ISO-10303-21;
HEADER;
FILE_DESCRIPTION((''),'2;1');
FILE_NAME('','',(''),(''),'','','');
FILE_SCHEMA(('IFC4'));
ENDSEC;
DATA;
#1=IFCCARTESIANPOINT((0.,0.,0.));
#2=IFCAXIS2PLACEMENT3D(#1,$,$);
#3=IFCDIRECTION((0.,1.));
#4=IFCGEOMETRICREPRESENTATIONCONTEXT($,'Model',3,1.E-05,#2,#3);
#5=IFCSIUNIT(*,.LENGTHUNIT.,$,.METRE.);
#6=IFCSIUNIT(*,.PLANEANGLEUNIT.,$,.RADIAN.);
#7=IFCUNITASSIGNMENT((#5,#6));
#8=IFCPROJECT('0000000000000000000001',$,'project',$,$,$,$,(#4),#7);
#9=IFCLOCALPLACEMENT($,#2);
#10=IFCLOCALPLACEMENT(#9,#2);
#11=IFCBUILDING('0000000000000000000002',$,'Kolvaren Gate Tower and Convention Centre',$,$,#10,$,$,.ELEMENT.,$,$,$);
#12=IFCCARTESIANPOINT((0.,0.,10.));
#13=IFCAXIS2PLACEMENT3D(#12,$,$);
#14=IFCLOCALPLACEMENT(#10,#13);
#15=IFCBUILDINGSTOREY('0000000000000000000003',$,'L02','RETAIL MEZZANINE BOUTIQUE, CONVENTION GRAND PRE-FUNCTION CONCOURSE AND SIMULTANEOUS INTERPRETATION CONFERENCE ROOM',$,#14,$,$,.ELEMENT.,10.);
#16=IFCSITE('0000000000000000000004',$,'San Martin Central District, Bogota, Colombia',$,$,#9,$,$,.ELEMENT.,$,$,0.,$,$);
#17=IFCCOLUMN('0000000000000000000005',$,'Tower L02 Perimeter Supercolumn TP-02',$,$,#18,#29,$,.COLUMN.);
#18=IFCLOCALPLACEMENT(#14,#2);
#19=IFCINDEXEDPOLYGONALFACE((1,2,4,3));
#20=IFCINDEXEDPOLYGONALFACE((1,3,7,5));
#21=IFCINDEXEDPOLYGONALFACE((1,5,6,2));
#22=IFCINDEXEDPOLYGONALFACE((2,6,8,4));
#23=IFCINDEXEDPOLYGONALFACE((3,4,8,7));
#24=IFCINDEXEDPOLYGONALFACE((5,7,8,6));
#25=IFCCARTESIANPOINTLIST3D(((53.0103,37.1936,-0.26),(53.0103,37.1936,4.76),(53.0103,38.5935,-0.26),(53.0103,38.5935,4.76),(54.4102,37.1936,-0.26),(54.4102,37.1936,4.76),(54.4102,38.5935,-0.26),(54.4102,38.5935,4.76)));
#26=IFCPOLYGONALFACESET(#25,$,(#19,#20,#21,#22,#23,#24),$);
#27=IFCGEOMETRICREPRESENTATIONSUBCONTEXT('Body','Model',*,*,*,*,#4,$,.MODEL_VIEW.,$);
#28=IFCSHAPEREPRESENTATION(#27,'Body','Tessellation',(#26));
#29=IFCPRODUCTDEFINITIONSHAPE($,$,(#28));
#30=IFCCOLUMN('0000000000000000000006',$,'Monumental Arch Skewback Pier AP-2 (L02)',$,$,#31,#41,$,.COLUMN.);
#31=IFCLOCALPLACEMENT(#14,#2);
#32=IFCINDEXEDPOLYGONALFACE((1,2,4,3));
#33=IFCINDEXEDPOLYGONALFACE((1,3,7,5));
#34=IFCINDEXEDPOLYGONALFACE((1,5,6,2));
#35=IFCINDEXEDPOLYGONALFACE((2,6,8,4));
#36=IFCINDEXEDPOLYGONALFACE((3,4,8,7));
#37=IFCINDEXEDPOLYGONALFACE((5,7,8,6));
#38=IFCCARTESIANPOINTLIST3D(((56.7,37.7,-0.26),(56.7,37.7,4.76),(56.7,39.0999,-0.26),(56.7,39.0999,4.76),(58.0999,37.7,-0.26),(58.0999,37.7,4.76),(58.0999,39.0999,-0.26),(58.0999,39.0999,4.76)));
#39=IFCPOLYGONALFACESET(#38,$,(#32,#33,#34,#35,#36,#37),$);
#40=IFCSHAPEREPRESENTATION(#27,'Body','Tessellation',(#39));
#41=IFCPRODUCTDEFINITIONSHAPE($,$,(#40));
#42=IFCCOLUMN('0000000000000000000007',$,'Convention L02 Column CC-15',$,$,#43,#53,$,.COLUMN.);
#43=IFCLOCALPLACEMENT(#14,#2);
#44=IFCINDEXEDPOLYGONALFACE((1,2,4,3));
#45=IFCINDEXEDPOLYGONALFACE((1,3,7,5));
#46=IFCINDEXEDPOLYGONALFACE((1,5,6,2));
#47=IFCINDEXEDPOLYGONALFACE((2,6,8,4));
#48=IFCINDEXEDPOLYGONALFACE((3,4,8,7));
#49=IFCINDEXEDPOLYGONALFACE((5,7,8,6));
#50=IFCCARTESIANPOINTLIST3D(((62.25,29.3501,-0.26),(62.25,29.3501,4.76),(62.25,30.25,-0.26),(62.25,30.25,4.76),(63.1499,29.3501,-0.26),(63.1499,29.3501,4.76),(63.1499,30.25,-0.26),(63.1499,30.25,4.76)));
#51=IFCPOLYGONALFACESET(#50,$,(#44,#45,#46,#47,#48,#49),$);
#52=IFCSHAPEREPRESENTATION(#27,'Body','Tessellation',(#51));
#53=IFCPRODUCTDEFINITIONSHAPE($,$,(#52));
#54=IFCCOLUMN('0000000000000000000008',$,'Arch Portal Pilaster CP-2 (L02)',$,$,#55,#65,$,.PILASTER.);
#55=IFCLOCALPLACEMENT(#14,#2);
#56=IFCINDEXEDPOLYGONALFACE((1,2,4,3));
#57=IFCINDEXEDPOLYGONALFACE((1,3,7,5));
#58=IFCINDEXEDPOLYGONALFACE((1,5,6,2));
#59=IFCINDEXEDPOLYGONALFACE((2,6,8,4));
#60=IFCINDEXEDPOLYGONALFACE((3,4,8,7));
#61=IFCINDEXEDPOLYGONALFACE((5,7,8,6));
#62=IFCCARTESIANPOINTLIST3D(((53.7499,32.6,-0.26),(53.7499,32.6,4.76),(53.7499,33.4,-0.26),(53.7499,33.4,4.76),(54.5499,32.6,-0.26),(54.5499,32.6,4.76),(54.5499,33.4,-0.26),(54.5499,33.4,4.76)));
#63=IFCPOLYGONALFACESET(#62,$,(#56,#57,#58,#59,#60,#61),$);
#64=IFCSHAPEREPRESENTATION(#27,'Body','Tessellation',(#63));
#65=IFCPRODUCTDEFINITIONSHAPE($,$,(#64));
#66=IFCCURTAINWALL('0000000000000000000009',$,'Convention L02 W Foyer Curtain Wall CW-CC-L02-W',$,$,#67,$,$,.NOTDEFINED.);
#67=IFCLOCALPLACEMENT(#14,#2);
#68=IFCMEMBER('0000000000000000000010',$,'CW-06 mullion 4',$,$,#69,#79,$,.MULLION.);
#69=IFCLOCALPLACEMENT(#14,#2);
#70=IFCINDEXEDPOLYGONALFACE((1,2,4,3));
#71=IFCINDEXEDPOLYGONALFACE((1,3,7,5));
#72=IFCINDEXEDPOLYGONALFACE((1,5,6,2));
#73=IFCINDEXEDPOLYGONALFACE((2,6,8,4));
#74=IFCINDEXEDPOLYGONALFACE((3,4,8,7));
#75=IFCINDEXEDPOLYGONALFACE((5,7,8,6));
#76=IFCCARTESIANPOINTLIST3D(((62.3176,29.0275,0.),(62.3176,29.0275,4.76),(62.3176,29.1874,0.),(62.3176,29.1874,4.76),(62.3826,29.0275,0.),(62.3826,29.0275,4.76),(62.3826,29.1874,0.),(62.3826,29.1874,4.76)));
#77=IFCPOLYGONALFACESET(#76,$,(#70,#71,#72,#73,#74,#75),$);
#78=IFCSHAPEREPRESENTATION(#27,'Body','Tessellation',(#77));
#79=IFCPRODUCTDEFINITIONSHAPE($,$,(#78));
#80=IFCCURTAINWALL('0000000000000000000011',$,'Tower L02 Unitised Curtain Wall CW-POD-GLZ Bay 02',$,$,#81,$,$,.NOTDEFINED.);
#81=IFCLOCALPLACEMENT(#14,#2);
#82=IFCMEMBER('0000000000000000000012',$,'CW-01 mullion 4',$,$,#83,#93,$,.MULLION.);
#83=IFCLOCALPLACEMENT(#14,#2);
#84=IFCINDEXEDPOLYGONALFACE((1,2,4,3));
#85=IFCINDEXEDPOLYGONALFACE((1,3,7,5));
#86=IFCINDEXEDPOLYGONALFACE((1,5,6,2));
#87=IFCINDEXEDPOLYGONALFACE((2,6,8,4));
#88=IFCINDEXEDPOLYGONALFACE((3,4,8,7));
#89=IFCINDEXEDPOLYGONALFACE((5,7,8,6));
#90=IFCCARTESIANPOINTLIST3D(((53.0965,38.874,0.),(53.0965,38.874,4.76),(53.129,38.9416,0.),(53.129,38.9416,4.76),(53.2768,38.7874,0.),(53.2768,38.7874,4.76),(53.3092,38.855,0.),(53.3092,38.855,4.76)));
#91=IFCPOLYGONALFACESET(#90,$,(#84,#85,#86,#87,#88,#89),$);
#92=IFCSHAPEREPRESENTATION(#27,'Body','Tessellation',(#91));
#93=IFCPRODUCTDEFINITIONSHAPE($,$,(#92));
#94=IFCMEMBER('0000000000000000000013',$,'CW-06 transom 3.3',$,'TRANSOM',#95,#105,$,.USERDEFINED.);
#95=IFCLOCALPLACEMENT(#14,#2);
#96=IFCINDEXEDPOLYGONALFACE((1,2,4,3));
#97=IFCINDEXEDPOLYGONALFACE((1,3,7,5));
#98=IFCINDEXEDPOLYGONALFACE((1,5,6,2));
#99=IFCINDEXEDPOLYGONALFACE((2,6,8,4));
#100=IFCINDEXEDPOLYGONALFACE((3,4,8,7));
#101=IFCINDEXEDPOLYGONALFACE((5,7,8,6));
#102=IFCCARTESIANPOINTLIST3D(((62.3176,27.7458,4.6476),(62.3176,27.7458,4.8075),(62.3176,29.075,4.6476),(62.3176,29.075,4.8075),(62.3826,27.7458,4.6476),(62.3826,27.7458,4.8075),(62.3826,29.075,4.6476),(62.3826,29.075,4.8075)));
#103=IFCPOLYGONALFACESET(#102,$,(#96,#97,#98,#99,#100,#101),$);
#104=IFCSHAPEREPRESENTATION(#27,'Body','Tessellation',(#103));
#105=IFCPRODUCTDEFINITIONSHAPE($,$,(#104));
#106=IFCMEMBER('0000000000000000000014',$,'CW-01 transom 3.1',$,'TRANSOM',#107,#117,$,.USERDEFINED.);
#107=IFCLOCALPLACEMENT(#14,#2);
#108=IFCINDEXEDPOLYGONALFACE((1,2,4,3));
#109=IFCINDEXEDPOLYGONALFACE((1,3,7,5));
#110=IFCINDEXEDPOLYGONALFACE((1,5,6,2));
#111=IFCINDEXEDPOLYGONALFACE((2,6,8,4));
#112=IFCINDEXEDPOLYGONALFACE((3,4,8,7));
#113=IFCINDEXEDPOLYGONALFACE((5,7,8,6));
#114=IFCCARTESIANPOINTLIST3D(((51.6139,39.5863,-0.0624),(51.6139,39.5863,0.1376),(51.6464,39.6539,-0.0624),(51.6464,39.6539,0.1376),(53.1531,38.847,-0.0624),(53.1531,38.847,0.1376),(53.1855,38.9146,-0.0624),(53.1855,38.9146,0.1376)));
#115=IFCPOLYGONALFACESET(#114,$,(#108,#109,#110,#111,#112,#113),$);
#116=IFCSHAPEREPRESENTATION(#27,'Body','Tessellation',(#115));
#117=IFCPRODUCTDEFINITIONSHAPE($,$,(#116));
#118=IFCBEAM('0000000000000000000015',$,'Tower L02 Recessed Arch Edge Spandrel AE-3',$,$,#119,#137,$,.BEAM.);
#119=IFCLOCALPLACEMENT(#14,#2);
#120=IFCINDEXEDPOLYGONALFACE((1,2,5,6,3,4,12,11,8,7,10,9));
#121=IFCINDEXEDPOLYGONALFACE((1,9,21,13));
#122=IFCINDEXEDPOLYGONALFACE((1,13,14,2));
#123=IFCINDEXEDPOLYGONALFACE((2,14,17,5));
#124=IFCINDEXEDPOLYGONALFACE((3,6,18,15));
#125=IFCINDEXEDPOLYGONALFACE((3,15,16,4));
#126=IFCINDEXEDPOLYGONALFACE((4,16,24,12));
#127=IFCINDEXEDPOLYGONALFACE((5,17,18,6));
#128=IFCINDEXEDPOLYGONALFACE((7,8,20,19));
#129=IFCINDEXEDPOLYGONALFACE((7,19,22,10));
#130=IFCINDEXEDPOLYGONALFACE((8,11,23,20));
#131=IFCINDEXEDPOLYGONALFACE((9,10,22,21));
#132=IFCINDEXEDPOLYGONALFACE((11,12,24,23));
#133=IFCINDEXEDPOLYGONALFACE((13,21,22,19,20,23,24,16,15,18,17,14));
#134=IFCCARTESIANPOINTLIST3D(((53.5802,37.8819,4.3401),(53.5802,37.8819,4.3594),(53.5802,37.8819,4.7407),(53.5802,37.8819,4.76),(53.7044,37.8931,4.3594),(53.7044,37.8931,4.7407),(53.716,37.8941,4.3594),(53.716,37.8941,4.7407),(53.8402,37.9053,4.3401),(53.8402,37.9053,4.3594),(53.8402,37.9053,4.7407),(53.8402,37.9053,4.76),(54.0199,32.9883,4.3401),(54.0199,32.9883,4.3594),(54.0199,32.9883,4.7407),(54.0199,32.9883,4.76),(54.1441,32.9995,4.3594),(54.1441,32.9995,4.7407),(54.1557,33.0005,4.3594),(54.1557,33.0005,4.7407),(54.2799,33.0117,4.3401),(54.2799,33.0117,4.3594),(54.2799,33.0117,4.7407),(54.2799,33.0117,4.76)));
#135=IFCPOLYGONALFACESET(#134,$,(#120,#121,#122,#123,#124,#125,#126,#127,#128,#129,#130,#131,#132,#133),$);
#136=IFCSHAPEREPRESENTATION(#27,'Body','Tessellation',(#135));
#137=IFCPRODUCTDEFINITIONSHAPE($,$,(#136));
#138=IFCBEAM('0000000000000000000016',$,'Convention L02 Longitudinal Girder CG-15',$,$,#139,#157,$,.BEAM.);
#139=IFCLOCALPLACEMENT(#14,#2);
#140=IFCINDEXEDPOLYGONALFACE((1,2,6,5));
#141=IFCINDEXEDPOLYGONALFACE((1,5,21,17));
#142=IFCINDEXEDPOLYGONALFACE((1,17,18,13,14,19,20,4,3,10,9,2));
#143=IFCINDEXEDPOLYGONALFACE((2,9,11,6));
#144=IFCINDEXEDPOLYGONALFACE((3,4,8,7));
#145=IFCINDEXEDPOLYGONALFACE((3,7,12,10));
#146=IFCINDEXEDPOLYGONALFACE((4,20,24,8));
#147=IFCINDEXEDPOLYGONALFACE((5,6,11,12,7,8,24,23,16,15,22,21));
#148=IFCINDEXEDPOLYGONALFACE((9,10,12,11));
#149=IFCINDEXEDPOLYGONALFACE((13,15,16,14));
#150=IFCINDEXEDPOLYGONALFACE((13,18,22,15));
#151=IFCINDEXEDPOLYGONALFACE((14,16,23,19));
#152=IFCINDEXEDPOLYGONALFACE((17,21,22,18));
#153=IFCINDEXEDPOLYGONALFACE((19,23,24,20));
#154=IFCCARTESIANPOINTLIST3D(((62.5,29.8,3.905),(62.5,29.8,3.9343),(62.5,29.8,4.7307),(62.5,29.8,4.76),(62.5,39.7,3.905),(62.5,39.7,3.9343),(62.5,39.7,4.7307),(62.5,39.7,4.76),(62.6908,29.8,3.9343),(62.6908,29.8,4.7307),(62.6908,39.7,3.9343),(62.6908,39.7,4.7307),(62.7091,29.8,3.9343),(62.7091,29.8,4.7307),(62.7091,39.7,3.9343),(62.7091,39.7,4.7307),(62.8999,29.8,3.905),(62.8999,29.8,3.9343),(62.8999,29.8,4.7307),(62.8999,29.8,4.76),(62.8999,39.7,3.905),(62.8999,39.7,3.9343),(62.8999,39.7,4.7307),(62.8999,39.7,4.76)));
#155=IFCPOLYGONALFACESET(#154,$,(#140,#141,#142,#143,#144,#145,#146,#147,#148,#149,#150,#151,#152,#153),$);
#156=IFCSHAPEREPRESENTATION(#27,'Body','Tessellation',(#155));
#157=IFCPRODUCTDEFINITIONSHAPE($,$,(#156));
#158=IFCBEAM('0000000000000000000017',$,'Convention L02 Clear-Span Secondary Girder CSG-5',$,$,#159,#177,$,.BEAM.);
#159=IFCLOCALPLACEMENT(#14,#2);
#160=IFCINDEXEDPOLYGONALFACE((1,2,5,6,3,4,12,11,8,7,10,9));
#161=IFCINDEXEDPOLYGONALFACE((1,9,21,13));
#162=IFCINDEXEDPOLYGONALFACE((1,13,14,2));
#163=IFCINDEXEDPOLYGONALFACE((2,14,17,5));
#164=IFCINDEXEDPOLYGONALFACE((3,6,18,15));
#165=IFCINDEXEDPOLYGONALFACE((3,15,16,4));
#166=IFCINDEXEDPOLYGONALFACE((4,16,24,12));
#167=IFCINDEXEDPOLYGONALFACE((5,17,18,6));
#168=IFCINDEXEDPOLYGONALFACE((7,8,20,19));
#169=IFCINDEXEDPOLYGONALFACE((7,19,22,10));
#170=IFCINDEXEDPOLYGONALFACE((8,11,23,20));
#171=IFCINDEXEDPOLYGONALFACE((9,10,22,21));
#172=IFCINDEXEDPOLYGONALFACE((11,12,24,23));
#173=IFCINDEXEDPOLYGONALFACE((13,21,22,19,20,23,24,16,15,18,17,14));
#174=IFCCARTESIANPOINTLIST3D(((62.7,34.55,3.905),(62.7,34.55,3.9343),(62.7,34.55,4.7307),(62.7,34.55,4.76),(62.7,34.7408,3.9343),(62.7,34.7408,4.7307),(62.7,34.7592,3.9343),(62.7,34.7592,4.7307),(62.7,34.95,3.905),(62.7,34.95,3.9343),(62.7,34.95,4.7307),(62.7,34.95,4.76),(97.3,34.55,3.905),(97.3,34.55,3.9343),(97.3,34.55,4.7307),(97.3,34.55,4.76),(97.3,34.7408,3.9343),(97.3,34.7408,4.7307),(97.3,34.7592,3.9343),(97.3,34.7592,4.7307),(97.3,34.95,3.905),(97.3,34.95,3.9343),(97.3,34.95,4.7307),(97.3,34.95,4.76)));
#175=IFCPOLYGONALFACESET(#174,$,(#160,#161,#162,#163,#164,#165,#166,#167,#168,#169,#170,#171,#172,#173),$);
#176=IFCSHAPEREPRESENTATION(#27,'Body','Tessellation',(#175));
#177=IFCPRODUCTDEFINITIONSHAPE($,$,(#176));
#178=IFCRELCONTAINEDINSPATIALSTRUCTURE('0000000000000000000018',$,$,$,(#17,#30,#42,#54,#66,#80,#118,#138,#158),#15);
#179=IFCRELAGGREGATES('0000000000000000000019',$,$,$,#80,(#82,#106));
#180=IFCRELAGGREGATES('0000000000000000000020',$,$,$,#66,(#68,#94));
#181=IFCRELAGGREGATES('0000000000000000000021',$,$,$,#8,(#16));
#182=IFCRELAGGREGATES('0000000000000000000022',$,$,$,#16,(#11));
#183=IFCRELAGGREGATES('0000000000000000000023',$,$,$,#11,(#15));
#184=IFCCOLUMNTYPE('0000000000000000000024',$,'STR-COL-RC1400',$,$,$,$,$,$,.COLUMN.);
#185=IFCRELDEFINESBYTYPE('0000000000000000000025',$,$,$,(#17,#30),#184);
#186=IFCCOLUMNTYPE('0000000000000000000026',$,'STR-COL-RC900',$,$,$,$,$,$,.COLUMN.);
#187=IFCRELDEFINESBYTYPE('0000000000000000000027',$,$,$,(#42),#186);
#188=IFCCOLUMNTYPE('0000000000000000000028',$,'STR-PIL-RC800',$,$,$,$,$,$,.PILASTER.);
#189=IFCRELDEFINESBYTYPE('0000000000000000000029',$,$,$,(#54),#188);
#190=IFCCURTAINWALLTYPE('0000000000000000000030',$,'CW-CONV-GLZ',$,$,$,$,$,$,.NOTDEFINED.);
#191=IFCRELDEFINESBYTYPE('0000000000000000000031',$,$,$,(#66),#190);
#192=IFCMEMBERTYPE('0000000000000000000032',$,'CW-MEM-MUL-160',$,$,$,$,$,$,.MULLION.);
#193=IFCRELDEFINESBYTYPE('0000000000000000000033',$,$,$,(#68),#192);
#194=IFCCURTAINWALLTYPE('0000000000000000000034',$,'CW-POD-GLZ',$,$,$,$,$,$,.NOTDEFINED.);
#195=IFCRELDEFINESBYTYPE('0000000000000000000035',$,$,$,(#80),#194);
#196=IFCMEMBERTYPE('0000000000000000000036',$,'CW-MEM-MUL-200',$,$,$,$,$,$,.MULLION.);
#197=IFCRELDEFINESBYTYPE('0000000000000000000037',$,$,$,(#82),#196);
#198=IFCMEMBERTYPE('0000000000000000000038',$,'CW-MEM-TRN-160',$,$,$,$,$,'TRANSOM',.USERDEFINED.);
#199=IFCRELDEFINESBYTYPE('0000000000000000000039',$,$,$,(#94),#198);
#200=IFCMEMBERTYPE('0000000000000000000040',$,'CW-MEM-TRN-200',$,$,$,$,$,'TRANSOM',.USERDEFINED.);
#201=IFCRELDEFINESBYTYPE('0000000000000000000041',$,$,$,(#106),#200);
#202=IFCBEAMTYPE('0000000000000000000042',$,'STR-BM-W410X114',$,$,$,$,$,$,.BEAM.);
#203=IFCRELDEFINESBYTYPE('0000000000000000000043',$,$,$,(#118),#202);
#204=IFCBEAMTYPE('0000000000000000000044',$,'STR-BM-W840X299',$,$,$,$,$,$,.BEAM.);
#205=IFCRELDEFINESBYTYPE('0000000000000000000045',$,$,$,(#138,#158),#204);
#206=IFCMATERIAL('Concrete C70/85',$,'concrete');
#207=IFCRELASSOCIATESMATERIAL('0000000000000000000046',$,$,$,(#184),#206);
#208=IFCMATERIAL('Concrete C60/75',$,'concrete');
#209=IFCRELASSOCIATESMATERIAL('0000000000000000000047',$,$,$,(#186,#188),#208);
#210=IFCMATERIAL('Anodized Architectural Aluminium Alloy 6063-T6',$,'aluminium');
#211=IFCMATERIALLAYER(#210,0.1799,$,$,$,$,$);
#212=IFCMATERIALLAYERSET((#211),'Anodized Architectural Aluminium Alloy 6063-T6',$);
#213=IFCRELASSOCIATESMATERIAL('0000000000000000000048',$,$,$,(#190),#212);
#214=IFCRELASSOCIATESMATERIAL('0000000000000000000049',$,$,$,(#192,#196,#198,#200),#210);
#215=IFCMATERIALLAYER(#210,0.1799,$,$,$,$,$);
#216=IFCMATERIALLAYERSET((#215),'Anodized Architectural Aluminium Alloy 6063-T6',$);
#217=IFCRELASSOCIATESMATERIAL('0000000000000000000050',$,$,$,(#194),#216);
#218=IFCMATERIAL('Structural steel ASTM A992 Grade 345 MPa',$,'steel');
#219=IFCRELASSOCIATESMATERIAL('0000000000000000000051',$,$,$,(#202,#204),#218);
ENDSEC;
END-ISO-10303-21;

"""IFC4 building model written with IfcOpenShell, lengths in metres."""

from ifc_helpers import new_model, si_unit, direction, frame, origin, origin_2d, place, context, subcontext, project, spatial, rectangle, i_section, extrude, material, layer, layer_set, material_profile, profile_set, type_object, element, aggregate, save


model = new_model("IFC4")

# Units and contexts
model_context = context("Model", 3, precision=1e-05, world=origin(), true_north=direction((0.0, 1.0)))
body_context = subcontext(model_context, "Body", "Model", "MODEL_VIEW")
ifc_project = project(units=[si_unit("LENGTHUNIT", "METRE"), si_unit("PLANEANGLEUNIT", "RADIAN")], contexts=[model_context])

# Site, building, storey
site_placement = place(None, origin())
site = spatial("IfcSite", under=ifc_project, at=site_placement, Name="San Martin Central District, Bogota, Colombia", CompositionType="ELEMENT", RefElevation=0.0)
building_placement = place(site_placement, origin())
building = spatial("IfcBuilding", under=site, at=building_placement, Name="Kolvaren Gate Tower and Convention Centre", CompositionType="ELEMENT")
storey_placement = place(building_placement, frame((0.0, 0.0, 10.0)))
storey = spatial("IfcBuildingStorey", under=building, at=storey_placement, Name="L02", Description="RETAIL MEZZANINE BOUTIQUE, CONVENTION GRAND PRE-FUNCTION CONCOURSE AND SIMULTANEOUS INTERPRETATION CONFERENCE ROOM", CompositionType="ELEMENT", Elevation=10.0)

# Columns
ifc_material_1 = material(Name="Concrete C70/85", Category="concrete")
ifc_material_profile_1 = material_profile(ifc_material_1, rectangle(XDim=1.3999, YDim=1.3999, at=origin_2d()), Name="RC-COL-1400X1400")
ifc_profile_set_1 = profile_set([ifc_material_profile_1], Name="Concrete C70/85")
column_type_1 = type_object("IfcColumnType", Name="STR-COL-RC1400", PredefinedType="COLUMN", material=ifc_profile_set_1)
for number, where, z_axis, x_axis, name in (
    (1, (53.7102, 37.8936, -0.26), (0.0, 0.0, 1.0), (1.0, 0.0, 0.0), "Tower L02 Perimeter Supercolumn TP-02"),
    (2, (57.3999, 38.3999, -0.26), (0.0, 0.0, 1.0), (1.0, 0.0, 0.0), "Monumental Arch Skewback Pier AP-2 (L02)"),
):
    element("IfcColumn", number, at=place(storey_placement, frame(where, z_axis=z_axis, x_axis=x_axis)), inside=storey, type_object=column_type_1, Name=name, PredefinedType="COLUMN", context=body_context, shape_type="SweptSolid", body=[
        extrude(rectangle(XDim=1.3999, YDim=1.3999, at=origin_2d()), origin(), (0.0, 0.0, 1.0), 5.02),
    ])
ifc_material_2 = material(Name="Concrete C60/75", Category="concrete")
ifc_material_profile_2 = material_profile(ifc_material_2, rectangle(XDim=0.8999, YDim=0.8999, at=origin_2d()), Name="RC-COL-900X900")
ifc_profile_set_2 = profile_set([ifc_material_profile_2], Name="Concrete C60/75")
column_type_2 = type_object("IfcColumnType", Name="STR-COL-RC900", PredefinedType="COLUMN", material=ifc_profile_set_2)
column_1_placement = place(storey_placement, frame((62.7, 29.8, -0.26), z_axis=(0.0, 0.0, 1.0), x_axis=(1.0, 0.0, 0.0)))
element("IfcColumn", 3, at=column_1_placement, inside=storey, type_object=column_type_2, Name="Convention L02 Column CC-15", PredefinedType="COLUMN", context=body_context, shape_type="SweptSolid", body=[
    extrude(rectangle(XDim=0.8999, YDim=0.8999, at=origin_2d()), origin(), (0.0, 0.0, 1.0), 5.02),
])
ifc_material_profile_3 = material_profile(ifc_material_2, rectangle(XDim=0.8, YDim=0.8, at=origin_2d()), Name="RC-COL-800X800")
ifc_profile_set_3 = profile_set([ifc_material_profile_3], Name="Concrete C60/75")
column_type_3 = type_object("IfcColumnType", Name="STR-PIL-RC800", PredefinedType="PILASTER", material=ifc_profile_set_3)
column_2_placement = place(storey_placement, frame((54.1499, 33.0, -0.26), z_axis=(0.0, 0.0, 1.0), x_axis=(1.0, 0.0, 0.0)))
element("IfcColumn", 4, at=column_2_placement, inside=storey, type_object=column_type_3, Name="Arch Portal Pilaster CP-2 (L02)", PredefinedType="PILASTER", context=body_context, shape_type="SweptSolid", body=[
    extrude(rectangle(XDim=0.8, YDim=0.8, at=origin_2d()), origin(), (0.0, 0.0, 1.0), 5.02),
])

# Curtain walls, members
ifc_material_3 = material(Name="Anodized Architectural Aluminium Alloy 6063-T6", Category="aluminium")
ifc_layer_1 = layer(ifc_material_3, 0.1799)
ifc_layer_set_1 = layer_set([ifc_layer_1], Name="Anodized Architectural Aluminium Alloy 6063-T6")
curtain_wall_type_1 = type_object("IfcCurtainWallType", Name="CW-CONV-GLZ", PredefinedType="NOTDEFINED", material=ifc_layer_set_1)
curtain_wall_1_placement = place(storey_placement, origin())
curtain_wall_1 = element("IfcCurtainWall", 5, at=curtain_wall_1_placement, inside=storey, type_object=curtain_wall_type_1, Name="Convention L02 W Foyer Curtain Wall CW-CC-L02-W", PredefinedType="NOTDEFINED")
ifc_material_profile_4 = material_profile(ifc_material_3, rectangle(XDim=0.0649, YDim=0.1599, at=origin_2d()), Name="CW-MEM-MUL-160")
ifc_profile_set_4 = profile_set([ifc_material_profile_4], Name="Anodized Architectural Aluminium Alloy 6063-T6")
member_type_1 = type_object("IfcMemberType", Name="CW-MEM-MUL-160", PredefinedType="MULLION", material=ifc_profile_set_4)
member_1_placement = place(storey_placement, frame((62.3501, 29.1074, 0.0), z_axis=(0.0, 0.0, 1.0), x_axis=(-1.0, 0.0, 0.0)))
member_1 = element("IfcMember", 6, at=member_1_placement, type_object=member_type_1, Name="CW-06 mullion 4", PredefinedType="MULLION", context=body_context, shape_type="SweptSolid", body=[
    extrude(rectangle(XDim=0.0649, YDim=0.1599, at=origin_2d()), origin(), (0.0, 0.0, 1.0), 4.76),
])
ifc_layer_2 = layer(ifc_material_3, 0.1799)
ifc_layer_set_2 = layer_set([ifc_layer_2], Name="Anodized Architectural Aluminium Alloy 6063-T6")
curtain_wall_type_2 = type_object("IfcCurtainWallType", Name="CW-POD-GLZ", PredefinedType="NOTDEFINED", material=ifc_layer_set_2)
curtain_wall_2_placement = place(storey_placement, origin())
curtain_wall_2 = element("IfcCurtainWall", 7, at=curtain_wall_2_placement, inside=storey, type_object=curtain_wall_type_2, Name="Tower L02 Unitised Curtain Wall CW-POD-GLZ Bay 02", PredefinedType="NOTDEFINED")
ifc_material_profile_5 = material_profile(ifc_material_3, rectangle(XDim=0.075, YDim=0.2, at=origin_2d()), Name="CW-MEM-MUL-200")
ifc_profile_set_5 = profile_set([ifc_material_profile_5], Name="Anodized Architectural Aluminium Alloy 6063-T6")
member_type_2 = type_object("IfcMemberType", Name="CW-MEM-MUL-200", PredefinedType="MULLION", material=ifc_profile_set_5)
member_2_placement = place(storey_placement, frame((53.2029, 38.8645, 0.0), z_axis=(0.0, 0.0, 1.0), x_axis=(0.433063, 0.901364, 0.0)))
member_2 = element("IfcMember", 8, at=member_2_placement, type_object=member_type_2, Name="CW-01 mullion 4", PredefinedType="MULLION", context=body_context, shape_type="SweptSolid", body=[
    extrude(rectangle(XDim=0.075, YDim=0.2, at=origin_2d()), origin(), (0.0, 0.0, 1.0), 4.76),
])

# Members
ifc_material_profile_6 = material_profile(ifc_material_3, rectangle(XDim=0.0649, YDim=0.1599, at=origin_2d()), Name="CW-MEM-TRN-160")
ifc_profile_set_6 = profile_set([ifc_material_profile_6], Name="Anodized Architectural Aluminium Alloy 6063-T6")
member_type_3 = type_object("IfcMemberType", Name="CW-MEM-TRN-160", ElementType="TRANSOM", PredefinedType="USERDEFINED", material=ifc_profile_set_6)
member_3_placement = place(storey_placement, frame((62.3501, 27.7458, 4.7275), z_axis=(0.0, 1.0, 0.0), x_axis=(-1.0, 0.0, 0.0)))
member_3 = element("IfcMember", 9, at=member_3_placement, type_object=member_type_3, Name="CW-06 transom 3.3", ObjectType="TRANSOM", PredefinedType="USERDEFINED", context=body_context, shape_type="SweptSolid", body=[
    extrude(rectangle(XDim=0.0649, YDim=0.1599, at=origin_2d()), origin(), (0.0, 0.0, 1.0), 1.3291),
])
ifc_material_profile_7 = material_profile(ifc_material_3, rectangle(XDim=0.075, YDim=0.2, at=origin_2d()), Name="CW-MEM-TRN-200")
ifc_profile_set_7 = profile_set([ifc_material_profile_7], Name="Anodized Architectural Aluminium Alloy 6063-T6")
member_type_4 = type_object("IfcMemberType", Name="CW-MEM-TRN-200", ElementType="TRANSOM", PredefinedType="USERDEFINED", material=ifc_profile_set_7)
member_4_placement = place(storey_placement, frame((51.6301, 39.6201, 0.0376), z_axis=(0.901407, -0.432973, 0.0), x_axis=(0.432973, 0.901407, 0.0)))
member_4 = element("IfcMember", 10, at=member_4_placement, type_object=member_type_4, Name="CW-01 transom 3.1", ObjectType="TRANSOM", PredefinedType="USERDEFINED", context=body_context, shape_type="SweptSolid", body=[
    extrude(rectangle(XDim=0.075, YDim=0.2, at=origin_2d()), origin(), (0.0, 0.0, 1.0), 1.7075),
])

# Beams
ifc_material_4 = material(Name="Structural steel ASTM A992 Grade 345 MPa", Category="steel")
ifc_material_profile_8 = material_profile(ifc_material_4, i_section(OverallWidth=0.261, OverallDepth=0.4199, WebThickness=0.0117, FlangeThickness=0.0193, at=origin_2d()), Name="W410X114")
ifc_profile_set_8 = profile_set([ifc_material_profile_8], Name="Structural steel ASTM A992 Grade 345 MPa")
beam_type_1 = type_object("IfcBeamType", Name="STR-BM-W410X114", PredefinedType="BEAM", material=ifc_profile_set_8)
beam_1_placement = place(storey_placement, frame((54.1499, 33.0, 4.55), z_axis=(-0.089492, 0.995988, 0.0), x_axis=(-0.995988, -0.089492, 0.0)))
element("IfcBeam", 11, at=beam_1_placement, inside=storey, type_object=beam_type_1, Name="Tower L02 Recessed Arch Edge Spandrel AE-3", PredefinedType="BEAM", context=body_context, shape_type="SweptSolid", body=[
    extrude(i_section(OverallWidth=0.261, OverallDepth=0.4199, WebThickness=0.0117, FlangeThickness=0.0193, at=origin_2d()), origin(), (0.0, 0.0, 1.0), 4.9133),
])
ifc_material_profile_9 = material_profile(ifc_material_4, i_section(OverallWidth=0.3999, OverallDepth=0.855, WebThickness=0.0183, FlangeThickness=0.0293, at=origin_2d()), Name="W840X299")
ifc_profile_set_9 = profile_set([ifc_material_profile_9], Name="Structural steel ASTM A992 Grade 345 MPa")
beam_type_2 = type_object("IfcBeamType", Name="STR-BM-W840X299", PredefinedType="BEAM", material=ifc_profile_set_9)
beam_2_placement = place(storey_placement, frame((62.7, 29.8, 4.3325), z_axis=(0.0, 1.0, 0.0), x_axis=(-1.0, 0.0, 0.0)))
element("IfcBeam", 12, at=beam_2_placement, inside=storey, type_object=beam_type_2, Name="Convention L02 Longitudinal Girder CG-15", PredefinedType="BEAM", context=body_context, shape_type="SweptSolid", body=[
    extrude(i_section(OverallWidth=0.3999, OverallDepth=0.855, WebThickness=0.0183, FlangeThickness=0.0293, at=origin_2d()), origin(), (0.0, 0.0, 1.0), 9.8999),
])
beam_3_placement = place(storey_placement, frame((62.7, 34.75, 4.3325), z_axis=(1.0, 0.0, 0.0), x_axis=(0.0, 1.0, 0.0)))
element("IfcBeam", 13, at=beam_3_placement, inside=storey, type_object=beam_type_2, Name="Convention L02 Clear-Span Secondary Girder CSG-5", PredefinedType="BEAM", context=body_context, shape_type="SweptSolid", body=[
    extrude(i_section(OverallWidth=0.3999, OverallDepth=0.855, WebThickness=0.0183, FlangeThickness=0.0293, at=origin_2d()), origin(), (0.0, 0.0, 1.0), 34.6001),
])

aggregate(curtain_wall_2, [member_2, member_4])
aggregate(curtain_wall_1, [member_1, member_3])

save(model, "model.ifc")
